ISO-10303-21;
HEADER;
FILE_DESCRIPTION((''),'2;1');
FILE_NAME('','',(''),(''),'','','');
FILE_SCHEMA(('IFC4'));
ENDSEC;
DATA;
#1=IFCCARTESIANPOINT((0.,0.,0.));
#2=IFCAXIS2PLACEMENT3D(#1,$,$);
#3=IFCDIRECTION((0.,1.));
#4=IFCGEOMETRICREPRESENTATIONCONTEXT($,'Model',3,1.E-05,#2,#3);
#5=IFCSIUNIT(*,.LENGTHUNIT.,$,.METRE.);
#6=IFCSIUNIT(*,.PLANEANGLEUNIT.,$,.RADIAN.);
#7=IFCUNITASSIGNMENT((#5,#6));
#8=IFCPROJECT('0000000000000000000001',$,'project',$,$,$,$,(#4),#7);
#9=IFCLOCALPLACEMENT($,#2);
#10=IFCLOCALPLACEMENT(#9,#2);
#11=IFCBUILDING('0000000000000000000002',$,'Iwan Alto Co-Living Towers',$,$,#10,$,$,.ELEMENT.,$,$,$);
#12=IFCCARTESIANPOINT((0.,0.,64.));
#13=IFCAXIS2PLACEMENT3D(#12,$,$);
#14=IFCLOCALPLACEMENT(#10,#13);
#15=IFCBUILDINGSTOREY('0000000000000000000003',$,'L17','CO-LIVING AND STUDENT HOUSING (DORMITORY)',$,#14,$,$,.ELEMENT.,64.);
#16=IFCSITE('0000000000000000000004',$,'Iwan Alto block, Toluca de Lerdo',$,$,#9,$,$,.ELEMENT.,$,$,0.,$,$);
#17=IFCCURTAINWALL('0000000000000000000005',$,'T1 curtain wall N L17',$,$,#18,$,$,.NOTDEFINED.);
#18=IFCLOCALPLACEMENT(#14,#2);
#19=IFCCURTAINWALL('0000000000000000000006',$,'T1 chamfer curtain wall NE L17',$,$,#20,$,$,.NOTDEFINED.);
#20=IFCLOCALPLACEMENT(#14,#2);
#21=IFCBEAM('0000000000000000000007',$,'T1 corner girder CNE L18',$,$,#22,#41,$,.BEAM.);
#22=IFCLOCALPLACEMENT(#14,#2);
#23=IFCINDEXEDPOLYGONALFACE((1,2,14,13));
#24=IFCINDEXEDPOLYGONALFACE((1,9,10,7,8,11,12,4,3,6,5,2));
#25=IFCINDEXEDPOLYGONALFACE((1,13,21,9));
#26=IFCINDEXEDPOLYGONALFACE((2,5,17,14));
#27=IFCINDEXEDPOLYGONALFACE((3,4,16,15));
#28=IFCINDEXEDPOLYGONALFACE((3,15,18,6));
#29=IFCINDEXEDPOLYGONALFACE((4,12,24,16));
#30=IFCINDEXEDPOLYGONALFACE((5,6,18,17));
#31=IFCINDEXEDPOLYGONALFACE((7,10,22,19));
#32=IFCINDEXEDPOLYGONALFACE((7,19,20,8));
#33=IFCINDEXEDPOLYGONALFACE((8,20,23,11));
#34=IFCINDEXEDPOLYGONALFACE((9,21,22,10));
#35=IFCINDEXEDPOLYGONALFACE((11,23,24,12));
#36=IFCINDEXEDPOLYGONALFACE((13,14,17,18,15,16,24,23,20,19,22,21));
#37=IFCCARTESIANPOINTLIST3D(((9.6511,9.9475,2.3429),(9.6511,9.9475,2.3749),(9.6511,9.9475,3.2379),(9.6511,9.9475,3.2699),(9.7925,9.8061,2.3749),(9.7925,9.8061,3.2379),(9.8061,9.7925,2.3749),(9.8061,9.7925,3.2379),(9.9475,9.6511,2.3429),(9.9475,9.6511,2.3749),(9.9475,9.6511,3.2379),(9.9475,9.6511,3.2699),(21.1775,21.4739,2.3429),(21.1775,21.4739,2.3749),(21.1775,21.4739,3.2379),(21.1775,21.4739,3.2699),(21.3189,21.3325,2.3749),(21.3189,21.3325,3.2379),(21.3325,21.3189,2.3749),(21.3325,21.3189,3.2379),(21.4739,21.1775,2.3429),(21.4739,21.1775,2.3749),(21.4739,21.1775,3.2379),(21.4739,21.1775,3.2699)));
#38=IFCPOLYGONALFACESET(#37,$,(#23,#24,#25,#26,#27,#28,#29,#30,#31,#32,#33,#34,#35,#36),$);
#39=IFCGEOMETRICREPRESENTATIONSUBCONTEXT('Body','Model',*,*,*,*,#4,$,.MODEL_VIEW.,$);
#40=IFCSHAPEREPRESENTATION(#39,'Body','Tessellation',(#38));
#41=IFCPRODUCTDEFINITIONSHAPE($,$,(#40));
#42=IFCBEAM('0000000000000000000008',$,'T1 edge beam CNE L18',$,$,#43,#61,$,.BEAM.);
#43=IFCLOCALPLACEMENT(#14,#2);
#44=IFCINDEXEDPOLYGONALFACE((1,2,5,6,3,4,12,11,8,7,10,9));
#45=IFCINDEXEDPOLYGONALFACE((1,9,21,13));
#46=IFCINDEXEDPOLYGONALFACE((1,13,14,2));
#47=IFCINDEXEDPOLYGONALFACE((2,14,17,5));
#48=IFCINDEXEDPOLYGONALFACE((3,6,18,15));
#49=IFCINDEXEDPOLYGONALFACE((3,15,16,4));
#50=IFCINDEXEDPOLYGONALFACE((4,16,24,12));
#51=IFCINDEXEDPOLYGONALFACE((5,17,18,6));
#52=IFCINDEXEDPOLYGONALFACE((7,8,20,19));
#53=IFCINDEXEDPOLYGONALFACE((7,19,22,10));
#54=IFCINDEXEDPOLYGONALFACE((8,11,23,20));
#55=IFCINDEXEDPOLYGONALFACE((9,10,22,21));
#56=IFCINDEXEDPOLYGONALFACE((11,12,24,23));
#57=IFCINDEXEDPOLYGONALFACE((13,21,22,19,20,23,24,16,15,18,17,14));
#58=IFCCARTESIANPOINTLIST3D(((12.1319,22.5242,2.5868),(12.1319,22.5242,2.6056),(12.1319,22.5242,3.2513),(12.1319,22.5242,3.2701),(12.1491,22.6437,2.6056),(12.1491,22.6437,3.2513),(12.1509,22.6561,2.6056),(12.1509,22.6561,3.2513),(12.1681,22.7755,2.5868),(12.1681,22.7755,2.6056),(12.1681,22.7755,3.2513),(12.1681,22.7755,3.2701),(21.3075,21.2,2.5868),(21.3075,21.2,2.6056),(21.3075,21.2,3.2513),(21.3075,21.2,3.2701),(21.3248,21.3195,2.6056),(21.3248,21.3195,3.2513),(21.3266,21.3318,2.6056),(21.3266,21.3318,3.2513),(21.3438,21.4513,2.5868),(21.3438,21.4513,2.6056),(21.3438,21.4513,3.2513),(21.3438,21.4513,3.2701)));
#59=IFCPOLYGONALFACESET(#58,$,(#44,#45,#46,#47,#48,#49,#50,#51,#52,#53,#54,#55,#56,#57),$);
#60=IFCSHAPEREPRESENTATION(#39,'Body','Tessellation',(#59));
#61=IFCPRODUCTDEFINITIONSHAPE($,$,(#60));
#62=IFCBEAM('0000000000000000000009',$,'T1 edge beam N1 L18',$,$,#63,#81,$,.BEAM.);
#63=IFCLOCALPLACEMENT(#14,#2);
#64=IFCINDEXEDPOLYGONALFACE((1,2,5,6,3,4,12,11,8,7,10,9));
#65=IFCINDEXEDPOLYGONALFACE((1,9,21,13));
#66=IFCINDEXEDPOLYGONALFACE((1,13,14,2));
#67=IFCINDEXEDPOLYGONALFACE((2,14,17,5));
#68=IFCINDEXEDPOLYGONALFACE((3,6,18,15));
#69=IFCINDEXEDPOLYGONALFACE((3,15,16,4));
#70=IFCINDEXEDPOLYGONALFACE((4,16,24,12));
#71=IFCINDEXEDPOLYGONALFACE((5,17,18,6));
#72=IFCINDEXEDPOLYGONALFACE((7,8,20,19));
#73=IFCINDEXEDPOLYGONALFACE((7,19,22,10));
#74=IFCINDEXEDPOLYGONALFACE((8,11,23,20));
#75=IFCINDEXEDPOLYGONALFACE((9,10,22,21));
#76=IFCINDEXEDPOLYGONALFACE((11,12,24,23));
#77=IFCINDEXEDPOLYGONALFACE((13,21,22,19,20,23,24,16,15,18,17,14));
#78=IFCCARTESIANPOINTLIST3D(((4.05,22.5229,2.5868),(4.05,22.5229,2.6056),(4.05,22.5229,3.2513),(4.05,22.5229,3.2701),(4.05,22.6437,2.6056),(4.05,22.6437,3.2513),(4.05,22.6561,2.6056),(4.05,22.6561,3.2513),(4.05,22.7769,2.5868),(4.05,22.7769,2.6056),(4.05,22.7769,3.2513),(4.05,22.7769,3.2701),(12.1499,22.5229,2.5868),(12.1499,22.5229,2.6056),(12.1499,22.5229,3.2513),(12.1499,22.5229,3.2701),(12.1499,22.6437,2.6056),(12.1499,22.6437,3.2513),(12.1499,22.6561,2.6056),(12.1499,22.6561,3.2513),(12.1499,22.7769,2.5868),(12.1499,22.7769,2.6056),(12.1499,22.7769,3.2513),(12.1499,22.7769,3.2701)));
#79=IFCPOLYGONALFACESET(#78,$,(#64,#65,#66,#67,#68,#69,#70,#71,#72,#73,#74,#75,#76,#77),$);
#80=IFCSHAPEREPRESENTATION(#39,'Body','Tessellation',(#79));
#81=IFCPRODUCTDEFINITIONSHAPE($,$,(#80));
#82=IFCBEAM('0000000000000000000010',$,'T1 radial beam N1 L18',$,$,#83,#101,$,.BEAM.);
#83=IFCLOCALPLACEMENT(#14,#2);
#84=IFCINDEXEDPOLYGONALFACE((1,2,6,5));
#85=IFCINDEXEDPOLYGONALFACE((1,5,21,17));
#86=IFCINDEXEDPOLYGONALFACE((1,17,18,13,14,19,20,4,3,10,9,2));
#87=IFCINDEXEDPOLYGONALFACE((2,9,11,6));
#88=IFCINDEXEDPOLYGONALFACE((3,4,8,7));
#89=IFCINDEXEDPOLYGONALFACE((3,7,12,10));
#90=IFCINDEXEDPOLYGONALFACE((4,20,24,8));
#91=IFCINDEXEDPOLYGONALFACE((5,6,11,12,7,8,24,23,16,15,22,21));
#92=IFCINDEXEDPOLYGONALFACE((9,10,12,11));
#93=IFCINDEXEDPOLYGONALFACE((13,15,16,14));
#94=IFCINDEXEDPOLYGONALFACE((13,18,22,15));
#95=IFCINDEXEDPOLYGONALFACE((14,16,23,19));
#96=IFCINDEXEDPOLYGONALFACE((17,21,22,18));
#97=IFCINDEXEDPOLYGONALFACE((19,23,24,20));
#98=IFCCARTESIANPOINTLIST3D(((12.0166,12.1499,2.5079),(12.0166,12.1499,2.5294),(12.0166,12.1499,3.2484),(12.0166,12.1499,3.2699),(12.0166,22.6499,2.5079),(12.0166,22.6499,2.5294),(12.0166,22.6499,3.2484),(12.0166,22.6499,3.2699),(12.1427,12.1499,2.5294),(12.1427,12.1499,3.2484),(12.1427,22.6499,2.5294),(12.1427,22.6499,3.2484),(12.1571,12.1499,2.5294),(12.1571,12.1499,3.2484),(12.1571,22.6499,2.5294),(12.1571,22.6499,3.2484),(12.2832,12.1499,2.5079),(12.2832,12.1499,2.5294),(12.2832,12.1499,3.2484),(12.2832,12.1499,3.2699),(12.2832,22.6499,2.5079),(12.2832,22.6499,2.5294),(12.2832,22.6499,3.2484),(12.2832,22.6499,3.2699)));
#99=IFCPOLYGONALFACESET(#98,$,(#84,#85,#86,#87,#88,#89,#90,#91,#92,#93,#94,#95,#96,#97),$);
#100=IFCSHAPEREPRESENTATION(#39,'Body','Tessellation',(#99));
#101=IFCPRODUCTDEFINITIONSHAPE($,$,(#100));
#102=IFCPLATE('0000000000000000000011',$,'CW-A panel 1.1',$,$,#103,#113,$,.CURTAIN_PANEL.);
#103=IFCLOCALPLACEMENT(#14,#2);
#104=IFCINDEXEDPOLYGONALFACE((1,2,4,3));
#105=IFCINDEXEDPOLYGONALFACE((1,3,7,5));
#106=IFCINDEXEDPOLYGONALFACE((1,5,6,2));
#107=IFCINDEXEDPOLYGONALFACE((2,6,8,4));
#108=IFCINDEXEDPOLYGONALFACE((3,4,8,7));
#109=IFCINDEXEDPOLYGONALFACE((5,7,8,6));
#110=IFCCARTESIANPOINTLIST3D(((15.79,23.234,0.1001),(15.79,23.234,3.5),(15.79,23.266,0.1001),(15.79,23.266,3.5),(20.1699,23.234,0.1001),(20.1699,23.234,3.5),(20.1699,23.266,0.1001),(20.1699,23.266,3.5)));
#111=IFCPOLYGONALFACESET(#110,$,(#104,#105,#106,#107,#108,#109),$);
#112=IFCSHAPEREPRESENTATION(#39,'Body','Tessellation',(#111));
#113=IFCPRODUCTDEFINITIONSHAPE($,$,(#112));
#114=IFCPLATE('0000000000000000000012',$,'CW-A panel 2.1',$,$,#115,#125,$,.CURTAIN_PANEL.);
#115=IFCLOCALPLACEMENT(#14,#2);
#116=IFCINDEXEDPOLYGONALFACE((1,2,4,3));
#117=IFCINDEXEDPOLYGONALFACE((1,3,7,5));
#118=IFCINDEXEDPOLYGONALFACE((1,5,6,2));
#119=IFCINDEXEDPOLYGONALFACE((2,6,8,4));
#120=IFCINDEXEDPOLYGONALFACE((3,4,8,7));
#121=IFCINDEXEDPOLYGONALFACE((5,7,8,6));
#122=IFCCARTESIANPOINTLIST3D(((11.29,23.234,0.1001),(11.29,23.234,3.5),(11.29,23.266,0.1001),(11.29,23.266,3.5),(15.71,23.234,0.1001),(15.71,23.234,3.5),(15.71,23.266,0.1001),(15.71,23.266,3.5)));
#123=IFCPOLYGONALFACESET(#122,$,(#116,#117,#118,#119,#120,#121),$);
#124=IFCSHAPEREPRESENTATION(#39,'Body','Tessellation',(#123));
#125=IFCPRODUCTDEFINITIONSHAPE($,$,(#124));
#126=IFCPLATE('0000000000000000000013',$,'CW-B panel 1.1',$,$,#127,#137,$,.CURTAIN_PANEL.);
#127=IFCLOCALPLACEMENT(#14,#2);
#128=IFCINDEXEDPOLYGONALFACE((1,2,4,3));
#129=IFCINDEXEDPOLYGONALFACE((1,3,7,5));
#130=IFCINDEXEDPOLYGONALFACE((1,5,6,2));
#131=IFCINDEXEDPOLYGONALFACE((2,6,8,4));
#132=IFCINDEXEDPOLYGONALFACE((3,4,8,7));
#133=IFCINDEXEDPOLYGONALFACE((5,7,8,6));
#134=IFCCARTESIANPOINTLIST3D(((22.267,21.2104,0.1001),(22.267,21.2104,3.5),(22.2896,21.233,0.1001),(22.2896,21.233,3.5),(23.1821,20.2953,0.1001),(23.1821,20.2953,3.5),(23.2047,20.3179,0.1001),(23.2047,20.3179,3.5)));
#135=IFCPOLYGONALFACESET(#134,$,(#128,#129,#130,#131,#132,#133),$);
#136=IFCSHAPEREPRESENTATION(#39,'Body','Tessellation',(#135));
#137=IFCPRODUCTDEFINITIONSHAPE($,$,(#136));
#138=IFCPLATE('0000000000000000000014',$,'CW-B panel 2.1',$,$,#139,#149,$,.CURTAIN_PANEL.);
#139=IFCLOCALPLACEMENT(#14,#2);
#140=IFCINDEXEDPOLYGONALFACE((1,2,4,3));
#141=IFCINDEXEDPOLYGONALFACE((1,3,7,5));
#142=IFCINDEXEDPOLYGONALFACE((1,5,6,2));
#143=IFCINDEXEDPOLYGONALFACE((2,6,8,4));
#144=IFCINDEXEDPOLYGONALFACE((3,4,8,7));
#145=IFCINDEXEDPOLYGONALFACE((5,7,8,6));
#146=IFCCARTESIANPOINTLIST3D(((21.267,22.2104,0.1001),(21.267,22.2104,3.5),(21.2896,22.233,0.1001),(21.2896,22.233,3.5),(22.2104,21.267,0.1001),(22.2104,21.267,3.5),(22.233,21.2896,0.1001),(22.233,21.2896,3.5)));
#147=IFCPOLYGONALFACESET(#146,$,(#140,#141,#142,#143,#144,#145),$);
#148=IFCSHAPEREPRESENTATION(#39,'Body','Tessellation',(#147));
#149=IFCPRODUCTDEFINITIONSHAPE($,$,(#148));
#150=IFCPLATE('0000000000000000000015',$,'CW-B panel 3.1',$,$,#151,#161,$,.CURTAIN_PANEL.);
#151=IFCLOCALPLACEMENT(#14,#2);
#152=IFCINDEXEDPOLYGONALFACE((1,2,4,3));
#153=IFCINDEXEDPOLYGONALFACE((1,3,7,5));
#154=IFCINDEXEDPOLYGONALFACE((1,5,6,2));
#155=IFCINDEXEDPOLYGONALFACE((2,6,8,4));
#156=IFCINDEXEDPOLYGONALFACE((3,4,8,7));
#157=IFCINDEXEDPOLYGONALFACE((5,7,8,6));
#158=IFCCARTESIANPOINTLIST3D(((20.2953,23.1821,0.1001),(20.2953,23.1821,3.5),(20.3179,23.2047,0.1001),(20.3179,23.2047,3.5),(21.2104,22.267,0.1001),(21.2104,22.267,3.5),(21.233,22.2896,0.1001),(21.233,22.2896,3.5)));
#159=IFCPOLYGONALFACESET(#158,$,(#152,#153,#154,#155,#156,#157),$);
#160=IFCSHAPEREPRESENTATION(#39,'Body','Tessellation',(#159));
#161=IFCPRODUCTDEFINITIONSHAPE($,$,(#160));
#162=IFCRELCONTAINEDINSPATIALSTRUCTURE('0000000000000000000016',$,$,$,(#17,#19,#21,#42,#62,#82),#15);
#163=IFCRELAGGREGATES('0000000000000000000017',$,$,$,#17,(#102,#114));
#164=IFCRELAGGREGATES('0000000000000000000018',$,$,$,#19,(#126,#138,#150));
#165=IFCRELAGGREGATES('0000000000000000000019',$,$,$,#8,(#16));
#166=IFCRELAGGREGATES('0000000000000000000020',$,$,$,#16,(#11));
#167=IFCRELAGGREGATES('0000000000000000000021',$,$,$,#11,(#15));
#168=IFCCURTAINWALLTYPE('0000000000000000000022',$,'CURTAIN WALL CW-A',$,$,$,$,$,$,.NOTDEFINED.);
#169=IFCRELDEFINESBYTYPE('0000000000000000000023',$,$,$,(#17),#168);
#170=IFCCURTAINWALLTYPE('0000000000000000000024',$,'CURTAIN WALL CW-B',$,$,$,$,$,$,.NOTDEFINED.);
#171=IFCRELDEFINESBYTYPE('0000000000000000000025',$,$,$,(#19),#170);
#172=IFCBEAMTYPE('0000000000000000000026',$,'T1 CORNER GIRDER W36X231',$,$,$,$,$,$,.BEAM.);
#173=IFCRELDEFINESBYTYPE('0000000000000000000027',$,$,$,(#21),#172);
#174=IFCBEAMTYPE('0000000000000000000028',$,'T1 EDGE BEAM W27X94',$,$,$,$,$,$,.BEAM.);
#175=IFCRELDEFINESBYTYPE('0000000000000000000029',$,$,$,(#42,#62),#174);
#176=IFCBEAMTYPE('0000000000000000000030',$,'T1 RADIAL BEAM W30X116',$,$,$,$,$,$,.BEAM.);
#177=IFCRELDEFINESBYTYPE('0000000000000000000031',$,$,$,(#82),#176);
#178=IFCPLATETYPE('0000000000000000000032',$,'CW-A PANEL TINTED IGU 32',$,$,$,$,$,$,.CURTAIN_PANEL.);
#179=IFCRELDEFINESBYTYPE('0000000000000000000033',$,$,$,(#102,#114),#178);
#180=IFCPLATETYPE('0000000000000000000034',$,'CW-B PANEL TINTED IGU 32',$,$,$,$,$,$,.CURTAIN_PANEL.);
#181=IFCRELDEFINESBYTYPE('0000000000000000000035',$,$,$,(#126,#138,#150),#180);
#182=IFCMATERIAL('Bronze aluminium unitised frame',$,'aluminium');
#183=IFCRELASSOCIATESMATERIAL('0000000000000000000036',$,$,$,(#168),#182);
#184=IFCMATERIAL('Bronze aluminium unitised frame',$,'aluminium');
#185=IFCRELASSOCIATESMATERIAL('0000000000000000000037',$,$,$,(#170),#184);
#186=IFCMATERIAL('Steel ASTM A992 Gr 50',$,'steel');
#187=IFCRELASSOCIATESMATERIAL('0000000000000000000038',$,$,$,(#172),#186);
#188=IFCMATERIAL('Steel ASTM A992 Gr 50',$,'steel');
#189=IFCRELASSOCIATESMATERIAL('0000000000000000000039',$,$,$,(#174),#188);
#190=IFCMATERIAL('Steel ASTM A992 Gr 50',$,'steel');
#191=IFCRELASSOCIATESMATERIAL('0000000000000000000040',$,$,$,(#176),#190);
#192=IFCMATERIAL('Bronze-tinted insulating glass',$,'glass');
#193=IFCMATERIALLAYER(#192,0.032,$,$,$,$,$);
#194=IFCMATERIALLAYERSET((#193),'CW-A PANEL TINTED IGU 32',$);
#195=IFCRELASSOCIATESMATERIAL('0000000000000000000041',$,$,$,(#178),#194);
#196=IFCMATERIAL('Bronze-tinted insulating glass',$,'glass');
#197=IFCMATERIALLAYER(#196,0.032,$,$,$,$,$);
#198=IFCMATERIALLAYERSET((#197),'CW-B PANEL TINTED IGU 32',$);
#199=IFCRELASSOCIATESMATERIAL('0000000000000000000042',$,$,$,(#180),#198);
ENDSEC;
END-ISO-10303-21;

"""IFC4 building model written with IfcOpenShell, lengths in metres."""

from ifc_helpers import new_model, si_unit, direction, frame, origin, origin_2d, place, context, subcontext, project, spatial, rectangle, i_section, extrude, material, layer, layer_set, material_profile, profile_set, type_object, element, aggregate, save


model = new_model("IFC4")

# Units and contexts
model_context = context("Model", 3, precision=1e-05, world=origin(), true_north=direction((0.0, 1.0)))
body_context = subcontext(model_context, "Body", "Model", "MODEL_VIEW")
ifc_project = project(units=[si_unit("LENGTHUNIT", "METRE"), si_unit("PLANEANGLEUNIT", "RADIAN")], contexts=[model_context])

# Site, building, storey
site_placement = place(None, origin())
site = spatial("IfcSite", under=ifc_project, at=site_placement, Name="Iwan Alto block, Toluca de Lerdo", CompositionType="ELEMENT", RefElevation=0.0)
building_placement = place(site_placement, origin())
building = spatial("IfcBuilding", under=site, at=building_placement, Name="Iwan Alto Co-Living Towers", CompositionType="ELEMENT")
storey_placement = place(building_placement, frame((0.0, 0.0, 64.0)))
storey = spatial("IfcBuildingStorey", under=building, at=storey_placement, Name="L17", Description="CO-LIVING AND STUDENT HOUSING (DORMITORY)", CompositionType="ELEMENT", Elevation=64.0)

# Curtain walls
ifc_material_1 = material(Name="Bronze aluminium unitised frame", Category="aluminium")
curtain_wall_type_1 = type_object("IfcCurtainWallType", Name="CURTAIN WALL CW-A", PredefinedType="NOTDEFINED", material=ifc_material_1)
curtain_wall_1_placement = place(storey_placement, origin())
curtain_wall_1 = element("IfcCurtainWall", 1, at=curtain_wall_1_placement, inside=storey, type_object=curtain_wall_type_1, Name="T1 curtain wall N L17", PredefinedType="NOTDEFINED")
ifc_material_2 = material(Name="Bronze aluminium unitised frame", Category="aluminium")
curtain_wall_type_2 = type_object("IfcCurtainWallType", Name="CURTAIN WALL CW-B", PredefinedType="NOTDEFINED", material=ifc_material_2)
curtain_wall_2_placement = place(storey_placement, origin())
curtain_wall_2 = element("IfcCurtainWall", 2, at=curtain_wall_2_placement, inside=storey, type_object=curtain_wall_type_2, Name="T1 chamfer curtain wall NE L17", PredefinedType="NOTDEFINED")

# Beams
ifc_material_3 = material(Name="Steel ASTM A992 Gr 50", Category="steel")
ifc_material_profile_1 = material_profile(ifc_material_3, i_section(OverallWidth=0.4192, OverallDepth=0.927, WebThickness=0.0193, FlangeThickness=0.032, at=origin_2d()), Name="W36X231")
ifc_profile_set_1 = profile_set([ifc_material_profile_1], Name="Steel ASTM A992 Gr 50")
beam_type_1 = type_object("IfcBeamType", Name="T1 CORNER GIRDER W36X231", PredefinedType="BEAM", material=ifc_profile_set_1)
beam_1_placement = place(storey_placement, frame((21.3257, 21.3257, 2.8064), z_axis=(-0.707107, -0.707107, 0.0), x_axis=(0.707107, -0.707107, 0.0)))
element("IfcBeam", 3, at=beam_1_placement, inside=storey, type_object=beam_type_1, Name="T1 corner girder CNE L18", PredefinedType="BEAM", context=body_context, shape_type="SweptSolid", body=[
    extrude(i_section(OverallWidth=0.4192, OverallDepth=0.927, WebThickness=0.0193, FlangeThickness=0.032, at=origin_2d()), origin(), (0.0, 0.0, 1.0), 16.3008),
])
ifc_material_4 = material(Name="Steel ASTM A992 Gr 50", Category="steel")
ifc_material_profile_2 = material_profile(ifc_material_4, i_section(OverallWidth=0.2539, OverallDepth=0.6833, WebThickness=0.0125, FlangeThickness=0.0188, at=origin_2d()), Name="W27X94")
ifc_profile_set_2 = profile_set([ifc_material_profile_2], Name="Steel ASTM A992 Gr 50")
beam_type_2 = type_object("IfcBeamType", Name="T1 EDGE BEAM W27X94", PredefinedType="BEAM", material=ifc_profile_set_2)
beam_2_placement = place(storey_placement, frame((21.3257, 21.3257, 2.9285), z_axis=(-0.989746, 0.142837, 0.0), x_axis=(-0.142837, -0.989746, 0.0)))
element("IfcBeam", 4, at=beam_2_placement, inside=storey, type_object=beam_type_2, Name="T1 edge beam CNE L18", PredefinedType="BEAM", context=body_context, shape_type="SweptSolid", body=[
    extrude(i_section(OverallWidth=0.2539, OverallDepth=0.6833, WebThickness=0.0125, FlangeThickness=0.0188, at=origin_2d()), origin(), (0.0, 0.0, 1.0), 9.2708),
])
beam_3_placement = place(storey_placement, frame((12.1499, 22.6499, 2.9285), z_axis=(-1.0, 0.0, 0.0), x_axis=(0.0, -1.0, 0.0)))
element("IfcBeam", 5, at=beam_3_placement, inside=storey, type_object=beam_type_2, Name="T1 edge beam N1 L18", PredefinedType="BEAM", context=body_context, shape_type="SweptSolid", body=[
    extrude(i_section(OverallWidth=0.2539, OverallDepth=0.6833, WebThickness=0.0125, FlangeThickness=0.0188, at=origin_2d()), origin(), (0.0, 0.0, 1.0), 8.0999),
])
ifc_material_5 = material(Name="Steel ASTM A992 Gr 50", Category="steel")
ifc_material_profile_3 = material_profile(ifc_material_5, i_section(OverallWidth=0.2666, OverallDepth=0.762, WebThickness=0.0144, FlangeThickness=0.0215, at=origin_2d()), Name="W30X116")
ifc_profile_set_3 = profile_set([ifc_material_profile_3], Name="Steel ASTM A992 Gr 50")
beam_type_3 = type_object("IfcBeamType", Name="T1 RADIAL BEAM W30X116", PredefinedType="BEAM", material=ifc_profile_set_3)
beam_4_placement = place(storey_placement, frame((12.1499, 22.6499, 2.8889), z_axis=(0.0, -1.0, 0.0), x_axis=(1.0, 0.0, 0.0)))
element("IfcBeam", 6, at=beam_4_placement, inside=storey, type_object=beam_type_3, Name="T1 radial beam N1 L18", PredefinedType="BEAM", context=body_context, shape_type="SweptSolid", body=[
    extrude(i_section(OverallWidth=0.2666, OverallDepth=0.762, WebThickness=0.0144, FlangeThickness=0.0215, at=origin_2d()), origin(), (0.0, 0.0, 1.0), 10.5),
])

# Plates
ifc_material_6 = material(Name="Bronze-tinted insulating glass", Category="glass")
ifc_layer_1 = layer(ifc_material_6, 0.032)
ifc_layer_set_1 = layer_set([ifc_layer_1], Name="CW-A PANEL TINTED IGU 32")
plate_type_1 = type_object("IfcPlateType", Name="CW-A PANEL TINTED IGU 32", PredefinedType="CURTAIN_PANEL", material=ifc_layer_set_1)
plate_1_placement = place(storey_placement, frame((17.98, 23.25, 0.1001), z_axis=(0.0, 0.0, 1.0), x_axis=(-1.0, 0.0, 0.0)))
plate_1 = element("IfcPlate", 7, at=plate_1_placement, type_object=plate_type_1, Name="CW-A panel 1.1", PredefinedType="CURTAIN_PANEL", context=body_context, shape_type="SweptSolid", body=[
    extrude(rectangle(XDim=4.3799, YDim=0.032, at=origin_2d()), origin(), (0.0, 0.0, 1.0), 3.3999),
])
plate_2_placement = place(storey_placement, frame((13.5, 23.25, 0.1001), z_axis=(0.0, 0.0, 1.0), x_axis=(-1.0, 0.0, 0.0)))
plate_2 = element("IfcPlate", 8, at=plate_2_placement, type_object=plate_type_1, Name="CW-A panel 2.1", PredefinedType="CURTAIN_PANEL", context=body_context, shape_type="SweptSolid", body=[
    extrude(rectangle(XDim=4.4199, YDim=0.032, at=origin_2d()), origin(), (0.0, 0.0, 1.0), 3.3999),
])
aggregate(curtain_wall_1, [plate_1, plate_2])
ifc_material_7 = material(Name="Bronze-tinted insulating glass", Category="glass")
ifc_layer_2 = layer(ifc_material_7, 0.032)
ifc_layer_set_2 = layer_set([ifc_layer_2], Name="CW-B PANEL TINTED IGU 32")
plate_type_2 = type_object("IfcPlateType", Name="CW-B PANEL TINTED IGU 32", PredefinedType="CURTAIN_PANEL", material=ifc_layer_set_2)
plate_3_placement = place(storey_placement, frame((22.7358, 20.7642, 0.1001), z_axis=(0.0, 0.0, 1.0), x_axis=(-0.707107, 0.707107, 0.0)))
plate_3 = element("IfcPlate", 9, at=plate_3_placement, type_object=plate_type_2, Name="CW-B panel 1.1", PredefinedType="CURTAIN_PANEL", context=body_context, shape_type="SweptSolid", body=[
    extrude(rectangle(XDim=1.2942, YDim=0.032, at=origin_2d()), origin(), (0.0, 0.0, 1.0), 3.3999),
])
plate_4_placement = place(storey_placement, frame((21.75, 21.75, 0.1001), z_axis=(0.0, 0.0, 1.0), x_axis=(-0.707107, 0.707107, 0.0)))
plate_4 = element("IfcPlate", 10, at=plate_4_placement, type_object=plate_type_2, Name="CW-B panel 2.1", PredefinedType="CURTAIN_PANEL", context=body_context, shape_type="SweptSolid", body=[
    extrude(rectangle(XDim=1.3342, YDim=0.032, at=origin_2d()), origin(), (0.0, 0.0, 1.0), 3.3999),
])
plate_5_placement = place(storey_placement, frame((20.7642, 22.7358, 0.1001), z_axis=(0.0, 0.0, 1.0), x_axis=(-0.707107, 0.707107, 0.0)))
plate_5 = element("IfcPlate", 11, at=plate_5_placement, type_object=plate_type_2, Name="CW-B panel 3.1", PredefinedType="CURTAIN_PANEL", context=body_context, shape_type="SweptSolid", body=[
    extrude(rectangle(XDim=1.2942, YDim=0.032, at=origin_2d()), origin(), (0.0, 0.0, 1.0), 3.3999),
])
aggregate(curtain_wall_2, [plate_3, plate_4, plate_5])

save(model, "model.ifc")
